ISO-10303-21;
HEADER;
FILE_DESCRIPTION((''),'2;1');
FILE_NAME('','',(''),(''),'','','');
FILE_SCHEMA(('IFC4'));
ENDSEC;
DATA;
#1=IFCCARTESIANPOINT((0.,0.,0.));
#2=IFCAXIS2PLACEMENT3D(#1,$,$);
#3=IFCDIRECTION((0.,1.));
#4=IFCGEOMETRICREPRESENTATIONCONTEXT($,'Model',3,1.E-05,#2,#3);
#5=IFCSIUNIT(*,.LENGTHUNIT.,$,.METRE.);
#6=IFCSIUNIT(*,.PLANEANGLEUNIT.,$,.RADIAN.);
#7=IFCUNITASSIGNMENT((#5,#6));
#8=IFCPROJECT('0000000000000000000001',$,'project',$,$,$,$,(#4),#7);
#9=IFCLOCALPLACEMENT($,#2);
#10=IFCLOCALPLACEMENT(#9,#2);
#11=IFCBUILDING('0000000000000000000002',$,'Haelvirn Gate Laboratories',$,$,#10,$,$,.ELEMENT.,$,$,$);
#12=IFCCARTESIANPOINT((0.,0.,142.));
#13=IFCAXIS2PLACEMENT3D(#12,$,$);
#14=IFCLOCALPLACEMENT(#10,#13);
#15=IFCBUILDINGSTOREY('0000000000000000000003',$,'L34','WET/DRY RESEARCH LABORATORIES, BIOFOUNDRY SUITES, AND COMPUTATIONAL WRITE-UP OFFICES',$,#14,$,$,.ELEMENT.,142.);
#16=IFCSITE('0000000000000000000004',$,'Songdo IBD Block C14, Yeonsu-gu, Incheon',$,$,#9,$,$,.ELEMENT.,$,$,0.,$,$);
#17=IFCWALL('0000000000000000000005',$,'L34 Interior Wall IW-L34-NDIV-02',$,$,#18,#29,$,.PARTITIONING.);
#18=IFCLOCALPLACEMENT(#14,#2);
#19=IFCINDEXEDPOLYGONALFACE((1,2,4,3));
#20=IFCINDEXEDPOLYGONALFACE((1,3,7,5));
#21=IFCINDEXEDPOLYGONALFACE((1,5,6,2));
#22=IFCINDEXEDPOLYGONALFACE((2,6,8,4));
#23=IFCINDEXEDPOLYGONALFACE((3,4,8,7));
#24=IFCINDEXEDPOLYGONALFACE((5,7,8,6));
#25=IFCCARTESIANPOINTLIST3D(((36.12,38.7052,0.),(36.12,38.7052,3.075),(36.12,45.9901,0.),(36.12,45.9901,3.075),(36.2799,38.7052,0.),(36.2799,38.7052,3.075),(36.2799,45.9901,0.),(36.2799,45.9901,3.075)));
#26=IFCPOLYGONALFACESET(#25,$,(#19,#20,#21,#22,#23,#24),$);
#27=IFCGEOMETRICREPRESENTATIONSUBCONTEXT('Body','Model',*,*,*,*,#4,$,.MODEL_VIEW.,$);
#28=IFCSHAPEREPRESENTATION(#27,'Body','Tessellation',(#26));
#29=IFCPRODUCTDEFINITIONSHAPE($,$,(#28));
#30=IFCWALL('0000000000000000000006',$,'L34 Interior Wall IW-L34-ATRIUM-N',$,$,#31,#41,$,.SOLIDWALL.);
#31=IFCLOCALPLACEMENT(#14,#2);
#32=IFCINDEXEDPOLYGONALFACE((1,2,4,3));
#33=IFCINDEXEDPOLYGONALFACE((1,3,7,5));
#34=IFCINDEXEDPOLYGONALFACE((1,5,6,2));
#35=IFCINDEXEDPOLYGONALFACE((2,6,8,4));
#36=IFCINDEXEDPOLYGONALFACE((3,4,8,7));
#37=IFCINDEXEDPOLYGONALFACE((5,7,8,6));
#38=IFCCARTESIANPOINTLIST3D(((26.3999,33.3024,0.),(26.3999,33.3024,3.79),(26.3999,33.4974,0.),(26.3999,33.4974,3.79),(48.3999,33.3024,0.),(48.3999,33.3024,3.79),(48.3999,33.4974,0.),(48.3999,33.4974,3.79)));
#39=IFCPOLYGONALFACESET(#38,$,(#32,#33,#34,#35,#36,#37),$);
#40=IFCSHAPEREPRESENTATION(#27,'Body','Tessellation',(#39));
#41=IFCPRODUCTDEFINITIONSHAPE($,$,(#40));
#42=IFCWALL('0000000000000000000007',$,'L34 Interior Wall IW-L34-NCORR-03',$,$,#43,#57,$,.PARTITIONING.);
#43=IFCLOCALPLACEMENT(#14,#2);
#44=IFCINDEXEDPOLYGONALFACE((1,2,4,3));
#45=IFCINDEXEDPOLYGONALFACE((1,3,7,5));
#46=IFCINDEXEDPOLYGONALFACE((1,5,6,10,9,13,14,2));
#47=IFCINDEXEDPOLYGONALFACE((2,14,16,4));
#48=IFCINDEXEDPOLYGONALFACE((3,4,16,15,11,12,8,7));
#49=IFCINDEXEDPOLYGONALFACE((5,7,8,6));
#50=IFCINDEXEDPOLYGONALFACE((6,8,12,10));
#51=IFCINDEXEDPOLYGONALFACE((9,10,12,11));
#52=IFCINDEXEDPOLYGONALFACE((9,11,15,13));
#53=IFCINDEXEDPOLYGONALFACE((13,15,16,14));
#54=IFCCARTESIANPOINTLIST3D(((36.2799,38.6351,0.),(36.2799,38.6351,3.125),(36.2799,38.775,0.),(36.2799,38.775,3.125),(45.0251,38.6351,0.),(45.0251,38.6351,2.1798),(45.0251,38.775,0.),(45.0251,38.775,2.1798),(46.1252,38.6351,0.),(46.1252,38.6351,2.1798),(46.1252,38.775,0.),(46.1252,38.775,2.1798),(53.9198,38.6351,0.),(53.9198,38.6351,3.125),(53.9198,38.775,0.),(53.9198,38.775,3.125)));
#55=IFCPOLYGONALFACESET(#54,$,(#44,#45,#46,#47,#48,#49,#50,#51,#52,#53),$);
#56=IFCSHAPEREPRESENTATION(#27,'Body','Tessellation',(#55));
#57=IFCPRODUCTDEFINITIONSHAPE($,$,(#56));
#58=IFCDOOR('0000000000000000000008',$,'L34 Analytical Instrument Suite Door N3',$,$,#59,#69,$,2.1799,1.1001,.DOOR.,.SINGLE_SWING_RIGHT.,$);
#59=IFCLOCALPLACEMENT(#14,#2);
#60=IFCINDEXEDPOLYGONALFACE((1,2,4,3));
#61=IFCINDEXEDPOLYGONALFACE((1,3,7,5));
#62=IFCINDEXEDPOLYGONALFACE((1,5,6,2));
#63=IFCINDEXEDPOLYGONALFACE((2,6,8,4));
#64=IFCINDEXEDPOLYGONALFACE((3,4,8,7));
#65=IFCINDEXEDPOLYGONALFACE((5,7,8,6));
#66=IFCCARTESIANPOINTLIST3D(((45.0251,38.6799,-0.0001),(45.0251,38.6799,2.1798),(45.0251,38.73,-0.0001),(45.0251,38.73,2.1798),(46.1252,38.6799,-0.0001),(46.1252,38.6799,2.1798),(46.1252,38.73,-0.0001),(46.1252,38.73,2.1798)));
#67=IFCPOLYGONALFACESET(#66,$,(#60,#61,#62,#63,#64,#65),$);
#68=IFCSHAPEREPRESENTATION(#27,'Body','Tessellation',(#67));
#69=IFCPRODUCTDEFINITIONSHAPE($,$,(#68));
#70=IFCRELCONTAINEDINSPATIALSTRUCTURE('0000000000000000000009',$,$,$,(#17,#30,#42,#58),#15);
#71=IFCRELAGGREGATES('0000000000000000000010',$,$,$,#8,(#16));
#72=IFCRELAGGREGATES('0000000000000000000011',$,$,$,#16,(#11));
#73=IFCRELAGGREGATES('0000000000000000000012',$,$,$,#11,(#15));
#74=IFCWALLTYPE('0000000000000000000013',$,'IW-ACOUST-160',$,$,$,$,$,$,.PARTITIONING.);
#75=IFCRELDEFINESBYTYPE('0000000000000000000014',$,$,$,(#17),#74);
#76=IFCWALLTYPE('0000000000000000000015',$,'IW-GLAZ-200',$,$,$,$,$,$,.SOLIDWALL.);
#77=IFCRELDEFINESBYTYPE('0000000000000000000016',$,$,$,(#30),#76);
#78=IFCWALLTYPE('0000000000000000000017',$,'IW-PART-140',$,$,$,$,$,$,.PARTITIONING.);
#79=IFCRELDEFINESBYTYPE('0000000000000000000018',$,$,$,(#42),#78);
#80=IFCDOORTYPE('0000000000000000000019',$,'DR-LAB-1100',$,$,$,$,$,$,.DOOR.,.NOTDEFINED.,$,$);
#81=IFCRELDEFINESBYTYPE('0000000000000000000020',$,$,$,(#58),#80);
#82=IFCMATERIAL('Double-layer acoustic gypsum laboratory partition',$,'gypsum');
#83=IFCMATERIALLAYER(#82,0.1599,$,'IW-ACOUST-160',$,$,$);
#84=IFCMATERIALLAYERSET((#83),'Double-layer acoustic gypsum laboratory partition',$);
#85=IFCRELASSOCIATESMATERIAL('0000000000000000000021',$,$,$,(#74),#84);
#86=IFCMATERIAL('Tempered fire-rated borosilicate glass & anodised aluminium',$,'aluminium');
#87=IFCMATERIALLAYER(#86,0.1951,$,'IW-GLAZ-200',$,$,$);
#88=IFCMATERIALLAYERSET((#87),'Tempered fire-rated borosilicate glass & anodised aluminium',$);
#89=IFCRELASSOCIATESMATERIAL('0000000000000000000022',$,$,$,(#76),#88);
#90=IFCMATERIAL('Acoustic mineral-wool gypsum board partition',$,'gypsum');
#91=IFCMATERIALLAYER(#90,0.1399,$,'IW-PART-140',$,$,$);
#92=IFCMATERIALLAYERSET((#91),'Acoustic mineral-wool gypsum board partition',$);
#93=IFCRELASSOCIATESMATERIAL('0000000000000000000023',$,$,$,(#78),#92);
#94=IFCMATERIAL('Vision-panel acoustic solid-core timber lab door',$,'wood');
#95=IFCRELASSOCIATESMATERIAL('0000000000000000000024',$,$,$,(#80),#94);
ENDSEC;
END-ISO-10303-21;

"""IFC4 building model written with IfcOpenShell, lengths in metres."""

from ifc_helpers import new_model, si_unit, direction, frame, frame_2d, origin, place, context, subcontext, project, spatial, rectangle, extrude, source, transform, mapped, material, layer, layer_set, type_object, type_shapes, element, fill, save


model = new_model("IFC4")

# Units and contexts
model_context = context("Model", 3, precision=1e-05, world=origin(), true_north=direction((0.0, 1.0)))
body_context = subcontext(model_context, "Body", "Model", "MODEL_VIEW")
ifc_project = project(units=[si_unit("LENGTHUNIT", "METRE"), si_unit("PLANEANGLEUNIT", "RADIAN")], contexts=[model_context])

# Site, building, storey
site_placement = place(None, origin())
site = spatial("IfcSite", under=ifc_project, at=site_placement, Name="Songdo IBD Block C14, Yeonsu-gu, Incheon", CompositionType="ELEMENT", RefElevation=0.0)
building_placement = place(site_placement, origin())
building = spatial("IfcBuilding", under=site, at=building_placement, Name="Haelvirn Gate Laboratories", CompositionType="ELEMENT")
storey_placement = place(building_placement, frame((0.0, 0.0, 142.0)))
storey = spatial("IfcBuildingStorey", under=building, at=storey_placement, Name="L34", Description="WET/DRY RESEARCH LABORATORIES, BIOFOUNDRY SUITES, AND COMPUTATIONAL WRITE-UP OFFICES", CompositionType="ELEMENT", Elevation=142.0)

# Walls
ifc_material_1 = material(Name="Double-layer acoustic gypsum laboratory partition", Category="gypsum")
ifc_layer_1 = layer(ifc_material_1, 0.1599, Name="IW-ACOUST-160")
ifc_layer_set_1 = layer_set([ifc_layer_1], Name="Double-layer acoustic gypsum laboratory partition")
wall_type_1 = type_object("IfcWallType", Name="IW-ACOUST-160", PredefinedType="PARTITIONING", material=ifc_layer_set_1)
wall_1_placement = place(storey_placement, frame((36.2, 38.7051, 0.0), z_axis=(0.0, 0.0, 1.0), x_axis=(0.0, 1.0, 0.0)))
element("IfcWall", 1, at=wall_1_placement, inside=storey, type_object=wall_type_1, Name="L34 Interior Wall IW-L34-NDIV-02", PredefinedType="PARTITIONING", context=body_context, shape_type="SweptSolid", body=[
    extrude(rectangle(XDim=7.2849, YDim=0.1599, at=frame_2d((3.6426, 0.0))), origin(), (0.0, 0.0, 1.0), 3.075),
])
ifc_material_2 = material(Name="Tempered fire-rated borosilicate glass & anodised aluminium", Category="aluminium")
ifc_layer_2 = layer(ifc_material_2, 0.1951, Name="IW-GLAZ-200")
ifc_layer_set_2 = layer_set([ifc_layer_2], Name="Tempered fire-rated borosilicate glass & anodised aluminium")
wall_type_2 = type_object("IfcWallType", Name="IW-GLAZ-200", PredefinedType="SOLIDWALL", material=ifc_layer_set_2)
wall_2_placement = place(storey_placement, frame((26.3999, 33.3999, 0.0), z_axis=(0.0, 0.0, 1.0), x_axis=(1.0, 0.0, 0.0)))
element("IfcWall", 2, at=wall_2_placement, inside=storey, type_object=wall_type_2, Name="L34 Interior Wall IW-L34-ATRIUM-N", PredefinedType="SOLIDWALL", context=body_context, shape_type="SweptSolid", body=[
    extrude(rectangle(XDim=22.0, YDim=0.1951, at=frame_2d((11.0, 0.0))), origin(), (0.0, 0.0, 1.0), 3.79),
])

# Wall, opening, door
ifc_material_3 = material(Name="Acoustic mineral-wool gypsum board partition", Category="gypsum")
ifc_layer_3 = layer(ifc_material_3, 0.1399, Name="IW-PART-140")
ifc_layer_set_3 = layer_set([ifc_layer_3], Name="Acoustic mineral-wool gypsum board partition")
wall_type_3 = type_object("IfcWallType", Name="IW-PART-140", PredefinedType="PARTITIONING", material=ifc_layer_set_3)
wall_3_placement = place(storey_placement, frame((36.28, 38.7051, 0.0), z_axis=(0.0, 0.0, 1.0), x_axis=(1.0, 0.0, 0.0)))
wall_3 = element("IfcWall", 3, at=wall_3_placement, inside=storey, type_object=wall_type_3, Name="L34 Interior Wall IW-L34-NCORR-03", PredefinedType="PARTITIONING", context=body_context, shape_type="SweptSolid", body=[
    extrude(rectangle(XDim=17.6399, YDim=0.1399, at=frame_2d((8.8198, 0.0))), origin(), (0.0, 0.0, 1.0), 3.125),
])
opening_placement = place(wall_3_placement, frame((8.7451, 0.0, 0.0)))
opening = element("IfcOpeningElement", 4, at=opening_placement, cuts=wall_3, PredefinedType="OPENING", context=body_context, shape_type="SweptSolid", body=[
    extrude(rectangle(XDim=1.1001, YDim=2.1799, at=frame_2d((0.55, 1.0898))), frame((0.0, 0.0801, 0.0), z_axis=(0.0, -1.0, 0.0), x_axis=(1.0, 0.0, 0.0)), (0.0, 0.0, 1.0), 0.1599),
])
ifc_material_4 = material(Name="Vision-panel acoustic solid-core timber lab door", Category="wood")
door_type = type_object("IfcDoorType", Name="DR-LAB-1100", OperationType="NOTDEFINED", PredefinedType="DOOR", material=ifc_material_4)
shared_shape_1 = source(origin(), body_context, "Body", "SweptSolid", [
    extrude(rectangle(XDim=1.1001, YDim=2.1799, at=frame_2d((0.55, 1.0898))), frame((0.0, 0.0249, 0.0), z_axis=(0.0, -1.0, 0.0), x_axis=(1.0, 0.0, 0.0)), (0.0, 0.0, 1.0), 0.05),
])
type_shapes(door_type, [shared_shape_1])
door_placement = place(opening_placement, origin())
door = element("IfcDoor", 5, at=door_placement, inside=storey, type_object=door_type, Name="L34 Analytical Instrument Suite Door N3", OperationType="SINGLE_SWING_RIGHT", OverallHeight=2.1799, OverallWidth=1.1001, PredefinedType="DOOR", context=body_context, shape_type="MappedRepresentation", body=[
    mapped(shared_shape_1, transform((0.0, 0.0, 0.0), scale=1.0)),
])
fill(opening, door)

save(model, "model.ifc")
